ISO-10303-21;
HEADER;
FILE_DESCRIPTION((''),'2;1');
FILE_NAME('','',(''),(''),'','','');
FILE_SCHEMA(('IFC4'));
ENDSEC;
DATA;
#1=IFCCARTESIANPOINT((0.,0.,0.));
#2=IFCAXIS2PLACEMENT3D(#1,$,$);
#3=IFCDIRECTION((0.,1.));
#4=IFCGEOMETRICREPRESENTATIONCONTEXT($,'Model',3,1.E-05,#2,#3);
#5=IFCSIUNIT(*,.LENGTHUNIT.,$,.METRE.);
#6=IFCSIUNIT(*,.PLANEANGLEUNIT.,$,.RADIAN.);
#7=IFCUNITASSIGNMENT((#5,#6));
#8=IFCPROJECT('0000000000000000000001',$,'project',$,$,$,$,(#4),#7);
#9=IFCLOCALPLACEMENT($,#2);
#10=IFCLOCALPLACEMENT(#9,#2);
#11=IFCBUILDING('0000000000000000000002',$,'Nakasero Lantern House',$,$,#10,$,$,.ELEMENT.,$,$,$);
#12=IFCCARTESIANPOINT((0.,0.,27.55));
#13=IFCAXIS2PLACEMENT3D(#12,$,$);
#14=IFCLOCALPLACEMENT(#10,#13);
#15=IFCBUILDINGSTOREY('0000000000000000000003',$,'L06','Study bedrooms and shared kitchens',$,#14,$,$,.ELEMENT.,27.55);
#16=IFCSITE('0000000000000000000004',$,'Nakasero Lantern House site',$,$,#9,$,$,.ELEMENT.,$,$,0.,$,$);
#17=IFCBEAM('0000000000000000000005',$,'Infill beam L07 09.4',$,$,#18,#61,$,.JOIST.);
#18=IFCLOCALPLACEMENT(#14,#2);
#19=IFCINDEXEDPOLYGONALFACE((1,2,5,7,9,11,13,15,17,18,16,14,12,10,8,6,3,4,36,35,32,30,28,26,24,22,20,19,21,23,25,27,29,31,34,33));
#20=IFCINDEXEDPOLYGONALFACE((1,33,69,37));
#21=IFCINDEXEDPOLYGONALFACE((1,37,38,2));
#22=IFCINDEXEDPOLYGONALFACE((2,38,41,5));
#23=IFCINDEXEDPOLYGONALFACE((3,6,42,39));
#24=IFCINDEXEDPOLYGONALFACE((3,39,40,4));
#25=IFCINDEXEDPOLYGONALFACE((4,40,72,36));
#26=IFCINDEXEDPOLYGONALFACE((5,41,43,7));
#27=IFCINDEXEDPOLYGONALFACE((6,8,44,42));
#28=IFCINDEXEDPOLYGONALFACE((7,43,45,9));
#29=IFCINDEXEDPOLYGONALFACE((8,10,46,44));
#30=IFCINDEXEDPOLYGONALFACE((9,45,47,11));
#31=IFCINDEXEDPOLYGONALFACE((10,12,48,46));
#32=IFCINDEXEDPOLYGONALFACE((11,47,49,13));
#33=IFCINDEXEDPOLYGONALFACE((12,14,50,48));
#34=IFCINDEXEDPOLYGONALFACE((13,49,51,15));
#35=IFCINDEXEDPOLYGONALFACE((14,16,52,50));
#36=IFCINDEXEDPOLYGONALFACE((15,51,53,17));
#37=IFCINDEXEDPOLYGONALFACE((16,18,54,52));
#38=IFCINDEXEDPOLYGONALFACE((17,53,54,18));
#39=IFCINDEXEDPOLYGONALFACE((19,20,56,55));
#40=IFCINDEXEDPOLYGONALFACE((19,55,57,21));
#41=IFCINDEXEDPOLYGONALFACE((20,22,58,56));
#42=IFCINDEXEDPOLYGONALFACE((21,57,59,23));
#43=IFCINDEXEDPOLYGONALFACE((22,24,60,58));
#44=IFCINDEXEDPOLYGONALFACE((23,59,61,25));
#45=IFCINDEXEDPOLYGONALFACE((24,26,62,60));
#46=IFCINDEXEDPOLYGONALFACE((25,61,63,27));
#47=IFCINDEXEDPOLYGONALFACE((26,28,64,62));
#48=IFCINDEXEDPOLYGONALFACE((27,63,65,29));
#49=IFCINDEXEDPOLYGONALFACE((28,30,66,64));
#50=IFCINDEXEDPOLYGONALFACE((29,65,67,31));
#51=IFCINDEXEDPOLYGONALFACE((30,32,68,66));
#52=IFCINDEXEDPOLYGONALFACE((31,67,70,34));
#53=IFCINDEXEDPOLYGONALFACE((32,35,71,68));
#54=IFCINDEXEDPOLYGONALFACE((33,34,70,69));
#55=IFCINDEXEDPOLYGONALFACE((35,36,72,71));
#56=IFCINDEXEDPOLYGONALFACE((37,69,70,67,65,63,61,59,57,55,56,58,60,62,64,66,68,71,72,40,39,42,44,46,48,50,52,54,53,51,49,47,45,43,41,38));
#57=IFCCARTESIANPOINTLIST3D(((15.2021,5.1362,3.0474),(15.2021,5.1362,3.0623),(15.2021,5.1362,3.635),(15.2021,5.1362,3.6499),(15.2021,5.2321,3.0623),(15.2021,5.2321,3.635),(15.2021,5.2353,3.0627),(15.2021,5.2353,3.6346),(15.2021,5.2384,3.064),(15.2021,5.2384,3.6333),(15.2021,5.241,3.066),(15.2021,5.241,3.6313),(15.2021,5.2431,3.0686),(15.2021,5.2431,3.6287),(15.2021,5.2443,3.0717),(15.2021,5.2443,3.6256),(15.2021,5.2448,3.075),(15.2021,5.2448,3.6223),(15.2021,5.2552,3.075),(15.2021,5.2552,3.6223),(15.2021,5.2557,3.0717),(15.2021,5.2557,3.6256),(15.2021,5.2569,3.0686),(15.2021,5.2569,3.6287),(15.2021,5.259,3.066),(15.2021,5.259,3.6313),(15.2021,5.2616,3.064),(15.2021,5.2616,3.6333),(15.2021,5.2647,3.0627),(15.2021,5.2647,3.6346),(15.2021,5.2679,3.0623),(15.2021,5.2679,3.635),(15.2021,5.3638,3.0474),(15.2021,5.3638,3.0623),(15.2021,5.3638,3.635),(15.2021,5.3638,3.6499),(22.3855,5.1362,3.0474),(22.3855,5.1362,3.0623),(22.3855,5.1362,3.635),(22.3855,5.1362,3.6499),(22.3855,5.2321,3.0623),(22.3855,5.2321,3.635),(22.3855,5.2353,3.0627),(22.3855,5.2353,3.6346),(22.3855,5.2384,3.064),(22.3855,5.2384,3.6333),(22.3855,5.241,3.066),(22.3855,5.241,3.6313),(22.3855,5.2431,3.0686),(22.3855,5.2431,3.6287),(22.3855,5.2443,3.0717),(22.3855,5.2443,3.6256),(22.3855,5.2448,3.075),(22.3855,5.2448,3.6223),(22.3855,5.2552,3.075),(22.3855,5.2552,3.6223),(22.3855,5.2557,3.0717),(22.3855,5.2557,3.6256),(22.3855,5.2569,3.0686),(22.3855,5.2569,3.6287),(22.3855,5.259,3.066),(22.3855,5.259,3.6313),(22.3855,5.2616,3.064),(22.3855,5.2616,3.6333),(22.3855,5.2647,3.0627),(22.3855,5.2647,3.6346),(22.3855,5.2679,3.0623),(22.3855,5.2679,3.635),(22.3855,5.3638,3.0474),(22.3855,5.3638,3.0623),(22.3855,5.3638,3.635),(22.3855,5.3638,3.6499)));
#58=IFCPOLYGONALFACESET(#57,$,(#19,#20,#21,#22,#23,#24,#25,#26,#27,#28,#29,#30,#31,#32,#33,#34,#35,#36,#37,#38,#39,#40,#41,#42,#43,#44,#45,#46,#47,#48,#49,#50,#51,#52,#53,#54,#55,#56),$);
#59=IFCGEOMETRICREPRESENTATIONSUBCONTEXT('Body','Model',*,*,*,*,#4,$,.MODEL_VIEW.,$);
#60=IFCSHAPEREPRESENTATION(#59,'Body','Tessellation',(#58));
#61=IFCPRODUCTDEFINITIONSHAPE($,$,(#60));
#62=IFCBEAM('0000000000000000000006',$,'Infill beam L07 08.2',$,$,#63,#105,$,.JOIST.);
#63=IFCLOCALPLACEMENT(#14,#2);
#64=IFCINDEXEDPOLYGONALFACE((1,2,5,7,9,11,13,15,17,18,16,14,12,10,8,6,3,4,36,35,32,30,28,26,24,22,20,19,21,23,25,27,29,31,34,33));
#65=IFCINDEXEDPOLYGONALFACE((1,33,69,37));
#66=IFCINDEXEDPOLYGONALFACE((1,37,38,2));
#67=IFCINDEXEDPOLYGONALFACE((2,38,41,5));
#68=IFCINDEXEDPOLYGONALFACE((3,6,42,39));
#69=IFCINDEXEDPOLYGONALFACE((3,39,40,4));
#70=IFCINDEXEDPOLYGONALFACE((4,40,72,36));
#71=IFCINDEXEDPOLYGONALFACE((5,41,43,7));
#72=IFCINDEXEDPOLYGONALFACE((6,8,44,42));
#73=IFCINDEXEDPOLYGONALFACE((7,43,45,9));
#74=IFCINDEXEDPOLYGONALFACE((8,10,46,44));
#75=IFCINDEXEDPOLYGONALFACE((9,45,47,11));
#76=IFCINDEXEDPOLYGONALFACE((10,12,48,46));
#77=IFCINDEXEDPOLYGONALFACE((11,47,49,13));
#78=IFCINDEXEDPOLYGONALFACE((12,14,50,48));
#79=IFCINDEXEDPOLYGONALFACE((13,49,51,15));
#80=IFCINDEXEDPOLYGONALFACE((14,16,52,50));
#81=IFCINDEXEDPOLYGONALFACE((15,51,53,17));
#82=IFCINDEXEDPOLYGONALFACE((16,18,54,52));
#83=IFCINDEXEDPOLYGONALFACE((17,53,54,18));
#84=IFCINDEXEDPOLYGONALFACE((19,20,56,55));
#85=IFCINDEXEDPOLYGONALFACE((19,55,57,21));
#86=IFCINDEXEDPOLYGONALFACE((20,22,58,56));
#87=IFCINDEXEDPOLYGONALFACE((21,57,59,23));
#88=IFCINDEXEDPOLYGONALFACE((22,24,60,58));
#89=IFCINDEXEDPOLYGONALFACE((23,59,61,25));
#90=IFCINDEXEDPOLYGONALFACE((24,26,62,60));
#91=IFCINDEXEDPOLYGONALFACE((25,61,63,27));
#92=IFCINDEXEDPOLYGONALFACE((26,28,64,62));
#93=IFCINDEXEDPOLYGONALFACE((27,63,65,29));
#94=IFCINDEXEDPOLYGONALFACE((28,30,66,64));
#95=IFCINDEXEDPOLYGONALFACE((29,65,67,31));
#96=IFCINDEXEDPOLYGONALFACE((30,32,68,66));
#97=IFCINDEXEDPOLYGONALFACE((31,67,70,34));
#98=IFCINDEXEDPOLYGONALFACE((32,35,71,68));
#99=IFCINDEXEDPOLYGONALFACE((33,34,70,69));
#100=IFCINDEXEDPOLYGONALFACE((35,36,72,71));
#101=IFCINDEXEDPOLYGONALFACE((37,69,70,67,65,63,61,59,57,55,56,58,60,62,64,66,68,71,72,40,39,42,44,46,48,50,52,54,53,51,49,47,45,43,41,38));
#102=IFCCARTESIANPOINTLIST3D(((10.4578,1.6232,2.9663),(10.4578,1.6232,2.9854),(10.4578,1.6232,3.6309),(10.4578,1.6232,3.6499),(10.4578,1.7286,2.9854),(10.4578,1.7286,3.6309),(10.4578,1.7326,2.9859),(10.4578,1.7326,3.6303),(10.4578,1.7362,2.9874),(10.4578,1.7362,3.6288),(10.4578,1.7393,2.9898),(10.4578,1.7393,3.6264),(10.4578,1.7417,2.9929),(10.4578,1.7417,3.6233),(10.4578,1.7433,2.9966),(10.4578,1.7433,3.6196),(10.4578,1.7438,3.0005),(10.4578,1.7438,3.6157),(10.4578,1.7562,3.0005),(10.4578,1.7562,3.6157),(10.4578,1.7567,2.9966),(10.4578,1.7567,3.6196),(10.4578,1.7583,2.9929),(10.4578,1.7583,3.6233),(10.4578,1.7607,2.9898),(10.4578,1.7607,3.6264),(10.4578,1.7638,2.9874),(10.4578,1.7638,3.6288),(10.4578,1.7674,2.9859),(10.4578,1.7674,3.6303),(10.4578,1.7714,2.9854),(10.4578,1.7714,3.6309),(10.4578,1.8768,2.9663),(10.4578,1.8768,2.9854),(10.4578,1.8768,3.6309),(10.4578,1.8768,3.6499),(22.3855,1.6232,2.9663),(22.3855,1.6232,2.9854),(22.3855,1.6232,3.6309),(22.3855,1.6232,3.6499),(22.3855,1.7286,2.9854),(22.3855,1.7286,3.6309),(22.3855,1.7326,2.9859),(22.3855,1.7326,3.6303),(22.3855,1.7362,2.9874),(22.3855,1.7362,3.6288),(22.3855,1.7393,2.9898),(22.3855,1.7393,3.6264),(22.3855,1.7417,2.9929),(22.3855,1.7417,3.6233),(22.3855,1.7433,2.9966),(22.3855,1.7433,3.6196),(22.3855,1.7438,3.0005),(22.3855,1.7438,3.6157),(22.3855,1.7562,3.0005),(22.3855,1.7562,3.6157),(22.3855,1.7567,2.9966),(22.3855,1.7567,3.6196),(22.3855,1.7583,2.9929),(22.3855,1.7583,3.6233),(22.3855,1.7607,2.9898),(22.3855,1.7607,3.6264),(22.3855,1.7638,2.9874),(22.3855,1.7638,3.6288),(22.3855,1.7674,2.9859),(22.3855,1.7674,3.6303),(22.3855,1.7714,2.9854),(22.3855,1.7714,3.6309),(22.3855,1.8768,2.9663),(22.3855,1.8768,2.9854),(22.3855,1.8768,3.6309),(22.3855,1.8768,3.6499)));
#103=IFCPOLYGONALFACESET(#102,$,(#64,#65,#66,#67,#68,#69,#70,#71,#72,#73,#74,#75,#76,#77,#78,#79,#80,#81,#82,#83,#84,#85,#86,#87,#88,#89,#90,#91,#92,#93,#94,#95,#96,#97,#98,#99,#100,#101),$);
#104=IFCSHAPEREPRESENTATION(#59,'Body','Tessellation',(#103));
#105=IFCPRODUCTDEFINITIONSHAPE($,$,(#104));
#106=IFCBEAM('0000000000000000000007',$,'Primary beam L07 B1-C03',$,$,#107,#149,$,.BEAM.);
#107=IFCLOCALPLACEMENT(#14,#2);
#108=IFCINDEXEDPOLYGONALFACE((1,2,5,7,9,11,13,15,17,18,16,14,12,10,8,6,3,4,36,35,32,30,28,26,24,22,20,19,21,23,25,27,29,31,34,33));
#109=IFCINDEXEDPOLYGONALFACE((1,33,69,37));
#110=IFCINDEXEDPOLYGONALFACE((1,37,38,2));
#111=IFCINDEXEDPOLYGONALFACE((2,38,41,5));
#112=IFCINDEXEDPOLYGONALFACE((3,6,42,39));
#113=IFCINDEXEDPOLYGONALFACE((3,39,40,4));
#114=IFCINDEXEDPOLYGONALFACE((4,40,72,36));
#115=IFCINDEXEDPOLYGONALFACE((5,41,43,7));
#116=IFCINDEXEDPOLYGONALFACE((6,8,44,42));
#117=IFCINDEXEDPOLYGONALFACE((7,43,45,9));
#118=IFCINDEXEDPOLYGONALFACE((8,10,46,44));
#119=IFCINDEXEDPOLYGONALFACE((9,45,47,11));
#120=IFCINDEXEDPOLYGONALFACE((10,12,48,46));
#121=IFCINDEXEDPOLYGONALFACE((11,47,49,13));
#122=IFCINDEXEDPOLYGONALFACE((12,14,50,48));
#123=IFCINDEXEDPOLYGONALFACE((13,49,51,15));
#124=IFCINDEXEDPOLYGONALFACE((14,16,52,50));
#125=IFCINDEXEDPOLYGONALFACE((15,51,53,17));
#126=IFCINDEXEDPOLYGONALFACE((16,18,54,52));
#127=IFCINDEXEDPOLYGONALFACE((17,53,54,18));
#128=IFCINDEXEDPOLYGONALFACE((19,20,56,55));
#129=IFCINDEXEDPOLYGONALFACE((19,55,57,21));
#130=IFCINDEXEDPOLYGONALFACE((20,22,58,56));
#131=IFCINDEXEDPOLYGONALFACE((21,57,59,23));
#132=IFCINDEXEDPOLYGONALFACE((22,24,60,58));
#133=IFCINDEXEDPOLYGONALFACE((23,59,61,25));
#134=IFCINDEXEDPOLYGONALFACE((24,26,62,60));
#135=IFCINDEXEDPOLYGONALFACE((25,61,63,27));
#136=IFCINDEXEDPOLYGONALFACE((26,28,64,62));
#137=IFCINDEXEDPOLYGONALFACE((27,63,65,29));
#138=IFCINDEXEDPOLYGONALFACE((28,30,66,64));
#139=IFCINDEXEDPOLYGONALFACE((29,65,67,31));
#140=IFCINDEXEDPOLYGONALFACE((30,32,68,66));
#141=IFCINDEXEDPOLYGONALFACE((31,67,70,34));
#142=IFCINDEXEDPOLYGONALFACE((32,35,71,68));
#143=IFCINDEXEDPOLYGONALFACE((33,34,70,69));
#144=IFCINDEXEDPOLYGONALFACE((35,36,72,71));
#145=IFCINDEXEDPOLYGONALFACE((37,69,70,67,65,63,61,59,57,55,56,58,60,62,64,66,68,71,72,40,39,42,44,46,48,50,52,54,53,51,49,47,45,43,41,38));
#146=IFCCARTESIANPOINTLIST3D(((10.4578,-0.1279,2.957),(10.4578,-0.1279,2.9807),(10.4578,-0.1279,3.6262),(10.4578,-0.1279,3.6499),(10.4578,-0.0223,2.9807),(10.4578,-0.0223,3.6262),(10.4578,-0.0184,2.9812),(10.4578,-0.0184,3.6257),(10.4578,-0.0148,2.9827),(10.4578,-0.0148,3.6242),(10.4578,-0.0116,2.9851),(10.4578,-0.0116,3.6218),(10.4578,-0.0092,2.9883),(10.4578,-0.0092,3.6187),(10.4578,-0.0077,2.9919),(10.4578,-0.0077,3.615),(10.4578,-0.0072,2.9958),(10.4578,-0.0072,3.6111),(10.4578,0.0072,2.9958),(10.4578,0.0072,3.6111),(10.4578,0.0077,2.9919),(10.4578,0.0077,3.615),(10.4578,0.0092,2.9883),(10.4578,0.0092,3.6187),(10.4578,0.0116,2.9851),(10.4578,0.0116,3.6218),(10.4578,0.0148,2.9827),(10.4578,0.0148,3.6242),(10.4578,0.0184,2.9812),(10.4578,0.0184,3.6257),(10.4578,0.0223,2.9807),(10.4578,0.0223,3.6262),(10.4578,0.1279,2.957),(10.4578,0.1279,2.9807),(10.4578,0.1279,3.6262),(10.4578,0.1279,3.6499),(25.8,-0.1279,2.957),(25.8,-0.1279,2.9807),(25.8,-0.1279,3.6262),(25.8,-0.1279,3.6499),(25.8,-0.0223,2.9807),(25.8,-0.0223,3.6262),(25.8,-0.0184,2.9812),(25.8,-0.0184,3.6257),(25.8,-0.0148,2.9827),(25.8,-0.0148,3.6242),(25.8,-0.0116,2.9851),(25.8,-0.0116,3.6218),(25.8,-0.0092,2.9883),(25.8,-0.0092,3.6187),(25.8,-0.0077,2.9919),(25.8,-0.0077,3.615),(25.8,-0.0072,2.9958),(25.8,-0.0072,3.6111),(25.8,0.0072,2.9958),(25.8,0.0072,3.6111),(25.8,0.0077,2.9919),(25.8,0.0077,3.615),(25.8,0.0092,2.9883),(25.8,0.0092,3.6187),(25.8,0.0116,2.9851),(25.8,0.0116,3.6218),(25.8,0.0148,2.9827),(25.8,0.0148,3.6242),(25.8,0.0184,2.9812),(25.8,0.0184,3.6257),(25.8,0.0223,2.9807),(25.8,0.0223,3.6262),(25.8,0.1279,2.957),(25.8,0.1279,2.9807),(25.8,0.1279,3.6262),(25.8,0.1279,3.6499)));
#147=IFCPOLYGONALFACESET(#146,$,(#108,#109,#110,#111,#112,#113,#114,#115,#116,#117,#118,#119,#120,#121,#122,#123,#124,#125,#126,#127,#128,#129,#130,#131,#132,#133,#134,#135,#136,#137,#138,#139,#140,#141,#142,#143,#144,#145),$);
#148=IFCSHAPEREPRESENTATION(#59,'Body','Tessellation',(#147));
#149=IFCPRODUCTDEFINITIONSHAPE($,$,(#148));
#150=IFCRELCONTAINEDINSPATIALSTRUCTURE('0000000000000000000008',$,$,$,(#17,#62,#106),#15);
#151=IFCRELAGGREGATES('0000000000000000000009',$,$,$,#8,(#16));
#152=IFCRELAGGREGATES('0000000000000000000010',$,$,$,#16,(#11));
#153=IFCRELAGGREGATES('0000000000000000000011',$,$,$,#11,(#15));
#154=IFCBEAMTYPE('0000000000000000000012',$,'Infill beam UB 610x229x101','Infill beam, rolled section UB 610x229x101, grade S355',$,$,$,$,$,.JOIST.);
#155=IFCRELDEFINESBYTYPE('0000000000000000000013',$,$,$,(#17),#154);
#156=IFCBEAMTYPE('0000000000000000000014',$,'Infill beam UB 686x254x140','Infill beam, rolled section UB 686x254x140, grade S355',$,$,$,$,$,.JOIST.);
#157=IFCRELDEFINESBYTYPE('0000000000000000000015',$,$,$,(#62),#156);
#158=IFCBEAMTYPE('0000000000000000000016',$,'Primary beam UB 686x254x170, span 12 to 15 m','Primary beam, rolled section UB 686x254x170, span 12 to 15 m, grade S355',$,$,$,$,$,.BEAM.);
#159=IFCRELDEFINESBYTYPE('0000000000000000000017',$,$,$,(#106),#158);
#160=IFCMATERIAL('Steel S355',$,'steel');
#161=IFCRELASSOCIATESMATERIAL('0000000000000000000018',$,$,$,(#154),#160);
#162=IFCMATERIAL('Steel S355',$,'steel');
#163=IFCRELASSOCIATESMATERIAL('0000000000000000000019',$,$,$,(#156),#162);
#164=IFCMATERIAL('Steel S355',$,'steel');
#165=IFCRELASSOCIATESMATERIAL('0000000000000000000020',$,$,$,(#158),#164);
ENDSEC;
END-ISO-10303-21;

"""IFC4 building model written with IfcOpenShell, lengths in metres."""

from ifc_helpers import new_model, si_unit, direction, frame, origin, origin_2d, place, context, subcontext, project, spatial, i_section, extrude, material, material_profile, profile_set, type_object, element, save


model = new_model("IFC4")

# Units and contexts
model_context = context("Model", 3, precision=1e-05, world=origin(), true_north=direction((0.0, 1.0)))
body_context = subcontext(model_context, "Body", "Model", "MODEL_VIEW")
ifc_project = project(units=[si_unit("LENGTHUNIT", "METRE"), si_unit("PLANEANGLEUNIT", "RADIAN")], contexts=[model_context])

# Site, building, storey
site_placement = place(None, origin())
site = spatial("IfcSite", under=ifc_project, at=site_placement, Name="Nakasero Lantern House site", CompositionType="ELEMENT", RefElevation=0.0)
building_placement = place(site_placement, origin())
building = spatial("IfcBuilding", under=site, at=building_placement, Name="Nakasero Lantern House", CompositionType="ELEMENT")
storey_placement = place(building_placement, frame((0.0, 0.0, 27.55)))
storey = spatial("IfcBuildingStorey", under=building, at=storey_placement, Name="L06", Description="Study bedrooms and shared kitchens", CompositionType="ELEMENT", Elevation=27.55)

# Beams
ifc_material_1 = material(Name="Steel S355", Category="steel")
ifc_material_profile_1 = material_profile(ifc_material_1, i_section(OverallWidth=0.2275, OverallDepth=0.6025, WebThickness=0.0105, FlangeThickness=0.0149, FilletRadius=0.0127, at=origin_2d()), Name="UB 610x229x101")
ifc_profile_set_1 = profile_set([ifc_material_profile_1], Name="Steel S355")
beam_type_1 = type_object("IfcBeamType", Name="Infill beam UB 610x229x101", Description="Infill beam, rolled section UB 610x229x101, grade S355", PredefinedType="JOIST", material=ifc_profile_set_1)
beam_1_placement = place(storey_placement, frame((15.2021, 5.25, 3.3486), z_axis=(1.0, 0.0, 0.0), x_axis=(0.0, 1.0, 0.0)))
element("IfcBeam", 1, at=beam_1_placement, inside=storey, type_object=beam_type_1, Name="Infill beam L07 09.4", PredefinedType="JOIST", context=body_context, shape_type="SweptSolid", body=[
    extrude(i_section(OverallWidth=0.2275, OverallDepth=0.6025, WebThickness=0.0105, FlangeThickness=0.0149, FilletRadius=0.0127, at=origin_2d()), origin(), (0.0, 0.0, 1.0), 7.1833),
])
ifc_material_2 = material(Name="Steel S355", Category="steel")
ifc_material_profile_2 = material_profile(ifc_material_2, i_section(OverallWidth=0.2537, OverallDepth=0.6836, WebThickness=0.0125, FlangeThickness=0.019, FilletRadius=0.0151, at=origin_2d()), Name="UB 686x254x140")
ifc_profile_set_2 = profile_set([ifc_material_profile_2], Name="Steel S355")
beam_type_2 = type_object("IfcBeamType", Name="Infill beam UB 686x254x140", Description="Infill beam, rolled section UB 686x254x140, grade S355", PredefinedType="JOIST", material=ifc_profile_set_2)
beam_2_placement = place(storey_placement, frame((10.4578, 1.75, 3.3081), z_axis=(1.0, 0.0, 0.0), x_axis=(0.0, 1.0, 0.0)))
element("IfcBeam", 2, at=beam_2_placement, inside=storey, type_object=beam_type_2, Name="Infill beam L07 08.2", PredefinedType="JOIST", context=body_context, shape_type="SweptSolid", body=[
    extrude(i_section(OverallWidth=0.2537, OverallDepth=0.6836, WebThickness=0.0125, FlangeThickness=0.019, FilletRadius=0.0151, at=origin_2d()), origin(), (0.0, 0.0, 1.0), 11.9277),
])
ifc_material_3 = material(Name="Steel S355", Category="steel")
ifc_material_profile_3 = material_profile(ifc_material_3, i_section(OverallWidth=0.2559, OverallDepth=0.6929, WebThickness=0.0144, FlangeThickness=0.0237, FilletRadius=0.0151, at=origin_2d()), Name="UB 686x254x170")
ifc_profile_set_3 = profile_set([ifc_material_profile_3], Name="Steel S355")
beam_type_3 = type_object("IfcBeamType", Name="Primary beam UB 686x254x170, span 12 to 15 m", Description="Primary beam, rolled section UB 686x254x170, span 12 to 15 m, grade S355", PredefinedType="BEAM", material=ifc_profile_set_3)
beam_3_placement = place(storey_placement, frame((25.8, 0.0, 3.3035), z_axis=(-1.0, 0.0, 0.0), x_axis=(0.0, -1.0, 0.0)))
element("IfcBeam", 3, at=beam_3_placement, inside=storey, type_object=beam_type_3, Name="Primary beam L07 B1-C03", PredefinedType="BEAM", context=body_context, shape_type="SweptSolid", body=[
    extrude(i_section(OverallWidth=0.2559, OverallDepth=0.6929, WebThickness=0.0144, FlangeThickness=0.0237, FilletRadius=0.0151, at=origin_2d()), origin(), (0.0, 0.0, 1.0), 15.3423),
])

save(model, "model.ifc")
